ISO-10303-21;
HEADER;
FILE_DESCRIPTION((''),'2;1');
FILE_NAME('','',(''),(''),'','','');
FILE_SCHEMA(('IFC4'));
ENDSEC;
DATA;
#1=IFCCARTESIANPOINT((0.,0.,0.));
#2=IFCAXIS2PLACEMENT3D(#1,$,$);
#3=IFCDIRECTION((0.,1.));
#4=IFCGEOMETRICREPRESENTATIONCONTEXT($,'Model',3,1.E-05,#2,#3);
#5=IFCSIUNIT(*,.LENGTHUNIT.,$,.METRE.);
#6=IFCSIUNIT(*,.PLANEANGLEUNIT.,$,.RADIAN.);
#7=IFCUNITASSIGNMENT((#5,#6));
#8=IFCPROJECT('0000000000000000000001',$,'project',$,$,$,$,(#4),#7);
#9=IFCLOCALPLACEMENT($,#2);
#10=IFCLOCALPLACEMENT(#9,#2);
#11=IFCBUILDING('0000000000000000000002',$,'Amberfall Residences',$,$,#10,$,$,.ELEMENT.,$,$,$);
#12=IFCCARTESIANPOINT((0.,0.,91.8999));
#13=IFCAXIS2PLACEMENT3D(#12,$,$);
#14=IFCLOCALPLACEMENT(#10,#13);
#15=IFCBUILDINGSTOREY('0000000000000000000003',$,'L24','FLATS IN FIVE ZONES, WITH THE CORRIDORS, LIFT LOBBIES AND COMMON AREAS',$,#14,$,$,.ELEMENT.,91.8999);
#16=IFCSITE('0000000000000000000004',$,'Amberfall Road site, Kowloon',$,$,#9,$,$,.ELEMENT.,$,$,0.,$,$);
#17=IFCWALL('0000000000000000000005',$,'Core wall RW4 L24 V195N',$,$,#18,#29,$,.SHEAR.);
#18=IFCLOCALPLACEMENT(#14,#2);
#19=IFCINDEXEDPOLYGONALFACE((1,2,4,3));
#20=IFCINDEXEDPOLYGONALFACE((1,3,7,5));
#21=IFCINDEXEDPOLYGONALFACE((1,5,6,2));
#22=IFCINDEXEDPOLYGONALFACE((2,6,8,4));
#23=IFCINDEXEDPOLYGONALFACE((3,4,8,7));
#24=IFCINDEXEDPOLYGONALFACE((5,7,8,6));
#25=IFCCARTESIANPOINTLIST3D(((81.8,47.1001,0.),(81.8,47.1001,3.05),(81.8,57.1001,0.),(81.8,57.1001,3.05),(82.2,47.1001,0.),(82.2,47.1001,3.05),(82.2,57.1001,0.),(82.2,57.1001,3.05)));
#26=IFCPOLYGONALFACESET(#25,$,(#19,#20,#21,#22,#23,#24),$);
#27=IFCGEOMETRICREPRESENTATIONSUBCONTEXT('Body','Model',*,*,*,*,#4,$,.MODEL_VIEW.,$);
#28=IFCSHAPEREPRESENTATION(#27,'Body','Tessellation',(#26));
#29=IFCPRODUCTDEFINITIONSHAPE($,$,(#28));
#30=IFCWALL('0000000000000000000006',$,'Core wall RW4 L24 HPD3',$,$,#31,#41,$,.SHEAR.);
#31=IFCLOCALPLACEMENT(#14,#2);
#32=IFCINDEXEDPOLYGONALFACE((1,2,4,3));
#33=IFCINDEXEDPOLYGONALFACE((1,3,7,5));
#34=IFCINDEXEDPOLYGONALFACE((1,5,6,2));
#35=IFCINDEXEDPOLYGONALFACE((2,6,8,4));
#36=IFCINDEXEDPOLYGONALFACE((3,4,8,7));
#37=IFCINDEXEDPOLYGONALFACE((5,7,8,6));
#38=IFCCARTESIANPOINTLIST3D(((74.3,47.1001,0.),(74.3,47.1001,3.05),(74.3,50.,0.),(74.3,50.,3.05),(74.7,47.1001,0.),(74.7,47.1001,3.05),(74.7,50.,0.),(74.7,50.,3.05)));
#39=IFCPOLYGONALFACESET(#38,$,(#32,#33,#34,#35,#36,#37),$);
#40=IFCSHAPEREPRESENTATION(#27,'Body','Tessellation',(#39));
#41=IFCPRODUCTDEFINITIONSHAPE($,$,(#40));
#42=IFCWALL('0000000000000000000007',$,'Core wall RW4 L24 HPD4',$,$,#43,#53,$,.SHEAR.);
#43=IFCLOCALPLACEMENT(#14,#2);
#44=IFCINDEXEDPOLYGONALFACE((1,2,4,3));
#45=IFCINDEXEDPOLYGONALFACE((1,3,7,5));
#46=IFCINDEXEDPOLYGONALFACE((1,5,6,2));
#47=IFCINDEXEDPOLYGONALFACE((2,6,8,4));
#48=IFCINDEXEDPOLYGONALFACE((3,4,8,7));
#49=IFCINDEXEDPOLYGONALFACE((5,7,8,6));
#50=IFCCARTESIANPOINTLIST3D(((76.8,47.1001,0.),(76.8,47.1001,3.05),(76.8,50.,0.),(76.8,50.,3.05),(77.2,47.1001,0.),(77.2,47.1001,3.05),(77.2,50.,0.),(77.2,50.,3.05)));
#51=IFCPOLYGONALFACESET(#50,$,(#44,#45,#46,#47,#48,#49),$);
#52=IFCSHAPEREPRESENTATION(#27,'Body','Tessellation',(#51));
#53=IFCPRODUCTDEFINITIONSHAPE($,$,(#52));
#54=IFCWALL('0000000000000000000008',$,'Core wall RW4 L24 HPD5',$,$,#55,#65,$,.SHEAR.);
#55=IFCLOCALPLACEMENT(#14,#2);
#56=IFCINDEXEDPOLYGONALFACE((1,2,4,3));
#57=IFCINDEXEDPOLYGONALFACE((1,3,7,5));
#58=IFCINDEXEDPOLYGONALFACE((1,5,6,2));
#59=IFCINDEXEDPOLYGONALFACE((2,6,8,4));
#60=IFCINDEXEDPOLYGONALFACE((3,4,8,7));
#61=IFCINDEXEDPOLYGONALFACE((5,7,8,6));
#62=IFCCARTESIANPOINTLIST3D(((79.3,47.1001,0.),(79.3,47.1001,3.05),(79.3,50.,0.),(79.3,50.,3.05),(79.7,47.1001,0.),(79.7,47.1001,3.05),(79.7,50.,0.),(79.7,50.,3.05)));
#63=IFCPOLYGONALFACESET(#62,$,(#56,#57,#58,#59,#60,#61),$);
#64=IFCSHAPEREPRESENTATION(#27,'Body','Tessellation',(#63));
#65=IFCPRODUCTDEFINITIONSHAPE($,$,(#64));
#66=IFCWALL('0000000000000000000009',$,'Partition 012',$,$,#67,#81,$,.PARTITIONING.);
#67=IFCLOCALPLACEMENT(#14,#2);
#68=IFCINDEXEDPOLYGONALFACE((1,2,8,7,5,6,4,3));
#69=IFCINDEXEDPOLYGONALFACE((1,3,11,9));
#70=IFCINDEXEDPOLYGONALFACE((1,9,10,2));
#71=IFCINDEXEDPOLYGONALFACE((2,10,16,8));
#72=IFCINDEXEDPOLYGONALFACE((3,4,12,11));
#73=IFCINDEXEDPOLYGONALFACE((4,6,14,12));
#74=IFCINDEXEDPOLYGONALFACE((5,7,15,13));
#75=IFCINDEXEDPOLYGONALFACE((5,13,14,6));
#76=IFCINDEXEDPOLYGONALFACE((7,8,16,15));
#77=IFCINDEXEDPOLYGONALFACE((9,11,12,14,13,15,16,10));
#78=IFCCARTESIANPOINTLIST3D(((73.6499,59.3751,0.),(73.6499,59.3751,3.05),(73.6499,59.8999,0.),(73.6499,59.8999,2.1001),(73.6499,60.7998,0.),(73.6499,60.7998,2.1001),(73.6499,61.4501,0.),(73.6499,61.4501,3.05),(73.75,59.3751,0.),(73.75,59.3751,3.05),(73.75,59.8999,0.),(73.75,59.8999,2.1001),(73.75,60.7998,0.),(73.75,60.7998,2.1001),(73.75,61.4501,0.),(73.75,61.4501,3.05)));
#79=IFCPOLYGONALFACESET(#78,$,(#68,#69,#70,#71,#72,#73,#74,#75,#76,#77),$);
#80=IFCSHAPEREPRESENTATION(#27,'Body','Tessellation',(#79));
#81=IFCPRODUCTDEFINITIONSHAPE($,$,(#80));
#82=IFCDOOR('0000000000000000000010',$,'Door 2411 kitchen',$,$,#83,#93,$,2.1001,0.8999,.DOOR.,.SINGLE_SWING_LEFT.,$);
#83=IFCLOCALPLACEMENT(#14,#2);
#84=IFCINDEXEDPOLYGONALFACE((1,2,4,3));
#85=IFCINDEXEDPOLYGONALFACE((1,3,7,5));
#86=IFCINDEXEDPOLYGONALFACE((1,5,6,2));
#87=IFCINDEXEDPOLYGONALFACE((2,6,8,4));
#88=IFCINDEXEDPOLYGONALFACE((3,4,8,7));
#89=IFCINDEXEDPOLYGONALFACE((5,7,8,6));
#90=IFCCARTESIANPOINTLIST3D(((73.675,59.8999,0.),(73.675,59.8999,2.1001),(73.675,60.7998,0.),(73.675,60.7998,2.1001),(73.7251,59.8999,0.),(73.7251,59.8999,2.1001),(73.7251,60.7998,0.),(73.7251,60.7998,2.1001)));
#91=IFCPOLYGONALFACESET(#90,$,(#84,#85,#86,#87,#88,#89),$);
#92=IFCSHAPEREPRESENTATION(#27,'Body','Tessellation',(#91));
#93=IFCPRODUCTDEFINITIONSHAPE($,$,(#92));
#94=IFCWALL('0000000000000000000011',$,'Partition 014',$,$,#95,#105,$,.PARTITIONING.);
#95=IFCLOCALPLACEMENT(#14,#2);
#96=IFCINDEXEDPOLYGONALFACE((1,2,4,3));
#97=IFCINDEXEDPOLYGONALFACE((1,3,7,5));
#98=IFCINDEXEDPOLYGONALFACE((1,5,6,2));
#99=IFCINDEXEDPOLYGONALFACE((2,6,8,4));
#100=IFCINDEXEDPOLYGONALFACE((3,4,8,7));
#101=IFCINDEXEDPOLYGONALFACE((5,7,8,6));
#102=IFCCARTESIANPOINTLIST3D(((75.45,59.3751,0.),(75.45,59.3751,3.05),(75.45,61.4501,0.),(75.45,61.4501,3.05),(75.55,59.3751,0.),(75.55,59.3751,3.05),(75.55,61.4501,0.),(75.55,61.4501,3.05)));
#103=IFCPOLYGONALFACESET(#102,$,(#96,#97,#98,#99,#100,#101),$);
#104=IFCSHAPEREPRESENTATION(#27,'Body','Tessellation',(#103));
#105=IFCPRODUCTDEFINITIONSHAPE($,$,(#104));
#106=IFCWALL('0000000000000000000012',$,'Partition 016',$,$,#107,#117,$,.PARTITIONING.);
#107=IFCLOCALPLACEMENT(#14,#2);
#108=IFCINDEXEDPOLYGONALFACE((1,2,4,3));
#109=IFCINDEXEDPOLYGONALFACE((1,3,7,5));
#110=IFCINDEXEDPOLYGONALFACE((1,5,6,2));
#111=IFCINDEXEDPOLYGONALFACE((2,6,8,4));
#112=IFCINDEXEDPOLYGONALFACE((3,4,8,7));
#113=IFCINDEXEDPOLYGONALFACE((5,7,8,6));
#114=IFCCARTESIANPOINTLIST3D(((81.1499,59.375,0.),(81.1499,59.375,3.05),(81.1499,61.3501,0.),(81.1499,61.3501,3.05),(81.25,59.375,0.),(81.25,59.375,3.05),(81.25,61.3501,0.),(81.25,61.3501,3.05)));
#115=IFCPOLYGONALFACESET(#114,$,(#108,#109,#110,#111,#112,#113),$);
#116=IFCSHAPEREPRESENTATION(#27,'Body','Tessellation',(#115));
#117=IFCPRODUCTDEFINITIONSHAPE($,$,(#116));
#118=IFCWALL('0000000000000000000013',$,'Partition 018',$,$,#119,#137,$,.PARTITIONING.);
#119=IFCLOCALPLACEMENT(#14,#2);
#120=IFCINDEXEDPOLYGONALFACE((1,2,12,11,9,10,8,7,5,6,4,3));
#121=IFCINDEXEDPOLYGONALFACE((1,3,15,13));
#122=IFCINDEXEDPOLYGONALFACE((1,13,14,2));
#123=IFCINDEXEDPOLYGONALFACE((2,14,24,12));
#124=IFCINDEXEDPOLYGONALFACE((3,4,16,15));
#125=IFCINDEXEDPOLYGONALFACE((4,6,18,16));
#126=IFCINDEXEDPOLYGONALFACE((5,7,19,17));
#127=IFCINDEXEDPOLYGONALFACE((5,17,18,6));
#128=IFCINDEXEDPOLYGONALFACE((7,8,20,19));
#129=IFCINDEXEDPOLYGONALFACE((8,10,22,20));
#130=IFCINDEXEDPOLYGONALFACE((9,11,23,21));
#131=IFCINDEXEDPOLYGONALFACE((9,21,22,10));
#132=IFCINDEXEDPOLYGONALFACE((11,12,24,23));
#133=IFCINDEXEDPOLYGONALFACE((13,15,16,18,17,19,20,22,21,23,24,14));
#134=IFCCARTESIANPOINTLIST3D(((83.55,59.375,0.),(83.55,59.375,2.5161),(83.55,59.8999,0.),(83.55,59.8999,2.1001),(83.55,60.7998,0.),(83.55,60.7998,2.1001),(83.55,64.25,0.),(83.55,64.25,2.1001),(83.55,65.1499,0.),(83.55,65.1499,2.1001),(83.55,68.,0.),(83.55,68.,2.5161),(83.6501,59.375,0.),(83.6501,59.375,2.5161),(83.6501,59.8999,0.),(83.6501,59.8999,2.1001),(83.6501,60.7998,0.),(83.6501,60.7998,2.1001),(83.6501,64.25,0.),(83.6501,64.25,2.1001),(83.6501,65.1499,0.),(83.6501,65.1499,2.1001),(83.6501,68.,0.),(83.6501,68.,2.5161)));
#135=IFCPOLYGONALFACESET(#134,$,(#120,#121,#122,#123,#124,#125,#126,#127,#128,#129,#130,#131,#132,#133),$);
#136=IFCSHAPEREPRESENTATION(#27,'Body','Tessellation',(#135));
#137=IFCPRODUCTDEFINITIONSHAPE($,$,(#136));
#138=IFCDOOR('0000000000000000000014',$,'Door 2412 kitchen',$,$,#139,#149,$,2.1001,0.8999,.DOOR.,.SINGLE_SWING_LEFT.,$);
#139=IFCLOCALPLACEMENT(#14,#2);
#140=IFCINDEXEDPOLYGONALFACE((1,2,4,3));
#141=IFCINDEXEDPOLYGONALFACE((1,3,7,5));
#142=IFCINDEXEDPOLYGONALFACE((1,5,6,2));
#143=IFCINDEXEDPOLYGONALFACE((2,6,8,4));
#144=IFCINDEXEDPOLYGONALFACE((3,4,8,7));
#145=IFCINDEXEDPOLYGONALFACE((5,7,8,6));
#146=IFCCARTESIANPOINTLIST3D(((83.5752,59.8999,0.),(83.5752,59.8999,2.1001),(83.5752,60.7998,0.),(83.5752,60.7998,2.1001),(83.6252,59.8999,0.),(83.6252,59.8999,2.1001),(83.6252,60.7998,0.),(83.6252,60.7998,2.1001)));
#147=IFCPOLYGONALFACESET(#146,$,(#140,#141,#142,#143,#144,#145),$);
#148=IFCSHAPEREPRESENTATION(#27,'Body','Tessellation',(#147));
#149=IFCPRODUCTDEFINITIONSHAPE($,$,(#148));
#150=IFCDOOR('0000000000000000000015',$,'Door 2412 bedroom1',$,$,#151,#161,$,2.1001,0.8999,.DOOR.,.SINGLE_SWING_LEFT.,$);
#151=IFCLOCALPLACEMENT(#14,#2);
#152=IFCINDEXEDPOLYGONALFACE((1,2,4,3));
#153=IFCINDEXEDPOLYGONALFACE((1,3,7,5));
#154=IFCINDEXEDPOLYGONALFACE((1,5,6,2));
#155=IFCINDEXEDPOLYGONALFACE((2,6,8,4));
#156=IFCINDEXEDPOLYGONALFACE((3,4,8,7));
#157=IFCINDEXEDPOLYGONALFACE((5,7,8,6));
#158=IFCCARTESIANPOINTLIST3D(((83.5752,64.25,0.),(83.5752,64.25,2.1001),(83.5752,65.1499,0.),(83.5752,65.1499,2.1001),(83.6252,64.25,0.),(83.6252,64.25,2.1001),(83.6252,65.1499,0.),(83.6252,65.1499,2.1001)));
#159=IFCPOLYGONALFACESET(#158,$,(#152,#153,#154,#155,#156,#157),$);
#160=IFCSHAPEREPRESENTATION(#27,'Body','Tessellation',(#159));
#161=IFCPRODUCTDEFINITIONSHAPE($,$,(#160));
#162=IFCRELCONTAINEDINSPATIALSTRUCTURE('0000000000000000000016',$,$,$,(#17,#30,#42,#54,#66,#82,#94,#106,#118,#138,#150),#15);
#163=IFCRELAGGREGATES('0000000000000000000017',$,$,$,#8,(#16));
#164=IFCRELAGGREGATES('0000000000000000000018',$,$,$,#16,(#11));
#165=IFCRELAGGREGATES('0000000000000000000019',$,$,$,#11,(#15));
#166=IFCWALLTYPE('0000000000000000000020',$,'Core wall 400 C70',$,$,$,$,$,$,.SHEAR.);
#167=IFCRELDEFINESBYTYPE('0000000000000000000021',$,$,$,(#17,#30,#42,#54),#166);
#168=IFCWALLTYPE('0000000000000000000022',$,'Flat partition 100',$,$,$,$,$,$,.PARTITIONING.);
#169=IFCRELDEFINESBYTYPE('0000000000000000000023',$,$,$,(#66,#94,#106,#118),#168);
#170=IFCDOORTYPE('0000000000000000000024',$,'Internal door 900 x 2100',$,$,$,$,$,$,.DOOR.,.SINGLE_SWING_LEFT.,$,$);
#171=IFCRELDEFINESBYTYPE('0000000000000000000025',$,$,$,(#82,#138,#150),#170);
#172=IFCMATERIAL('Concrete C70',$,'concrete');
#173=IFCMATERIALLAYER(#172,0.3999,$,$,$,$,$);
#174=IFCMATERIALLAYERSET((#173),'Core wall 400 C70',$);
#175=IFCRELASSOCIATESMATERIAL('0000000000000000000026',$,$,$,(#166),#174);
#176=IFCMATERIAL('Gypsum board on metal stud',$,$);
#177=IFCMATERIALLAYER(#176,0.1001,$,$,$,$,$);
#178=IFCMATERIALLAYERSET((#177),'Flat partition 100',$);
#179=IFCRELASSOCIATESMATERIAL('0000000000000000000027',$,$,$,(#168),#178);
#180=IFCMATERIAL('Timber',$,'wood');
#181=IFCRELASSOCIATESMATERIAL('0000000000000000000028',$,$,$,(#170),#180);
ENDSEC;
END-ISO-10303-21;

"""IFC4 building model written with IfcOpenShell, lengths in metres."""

from ifc_helpers import new_model, si_unit, direction, frame, frame_2d, origin, place, context, subcontext, project, spatial, rectangle, extrude, material, layer, layer_set, type_object, element, fill, save


model = new_model("IFC4")

# Units and contexts
model_context = context("Model", 3, precision=1e-05, world=origin(), true_north=direction((0.0, 1.0)))
body_context = subcontext(model_context, "Body", "Model", "MODEL_VIEW")
ifc_project = project(units=[si_unit("LENGTHUNIT", "METRE"), si_unit("PLANEANGLEUNIT", "RADIAN")], contexts=[model_context])

# Site, building, storey
site_placement = place(None, origin())
site = spatial("IfcSite", under=ifc_project, at=site_placement, Name="Amberfall Road site, Kowloon", CompositionType="ELEMENT", RefElevation=0.0)
building_placement = place(site_placement, origin())
building = spatial("IfcBuilding", under=site, at=building_placement, Name="Amberfall Residences", CompositionType="ELEMENT")
storey_placement = place(building_placement, frame((0.0, 0.0, 91.8999)))
storey = spatial("IfcBuildingStorey", under=building, at=storey_placement, Name="L24", Description="FLATS IN FIVE ZONES, WITH THE CORRIDORS, LIFT LOBBIES AND COMMON AREAS", CompositionType="ELEMENT", Elevation=91.8999)

# Walls
ifc_material_1 = material(Name="Concrete C70", Category="concrete")
ifc_layer_1 = layer(ifc_material_1, 0.3999)
ifc_layer_set_1 = layer_set([ifc_layer_1], Name="Core wall 400 C70")
wall_type_1 = type_object("IfcWallType", Name="Core wall 400 C70", PredefinedType="SHEAR", material=ifc_layer_set_1)
wall_1_placement = place(storey_placement, frame((82.0, 47.1001, 0.0), z_axis=(0.0, 0.0, 1.0), x_axis=(0.0, 1.0, 0.0)))
element("IfcWall", 1, at=wall_1_placement, inside=storey, type_object=wall_type_1, Name="Core wall RW4 L24 V195N", PredefinedType="SHEAR", context=body_context, shape_type="SweptSolid", body=[
    extrude(rectangle(XDim=10.0, YDim=0.3999, at=frame_2d((5.0, 0.0))), origin(), (0.0, 0.0, 1.0), 3.05),
])
for number, where, z_axis, x_axis, name in (
    (2, (74.5, 47.1001, 0.0), (0.0, 0.0, 1.0), (0.0, 1.0, 0.0), "Core wall RW4 L24 HPD3"),
    (3, (77.0, 47.1001, 0.0), (0.0, 0.0, 1.0), (0.0, 1.0, 0.0), "Core wall RW4 L24 HPD4"),
    (4, (79.5, 47.1001, 0.0), (0.0, 0.0, 1.0), (0.0, 1.0, 0.0), "Core wall RW4 L24 HPD5"),
):
    element("IfcWall", number, at=place(storey_placement, frame(where, z_axis=z_axis, x_axis=x_axis)), inside=storey, type_object=wall_type_1, Name=name, PredefinedType="SHEAR", context=body_context, shape_type="SweptSolid", body=[
        extrude(rectangle(XDim=2.8999, YDim=0.3999, at=frame_2d((1.45, 0.0))), origin(), (0.0, 0.0, 1.0), 3.05),
    ])

# Wall, opening, door
ifc_material_2 = material(Name="Gypsum board on metal stud")
ifc_layer_2 = layer(ifc_material_2, 0.1001)
ifc_layer_set_2 = layer_set([ifc_layer_2], Name="Flat partition 100")
wall_type_2 = type_object("IfcWallType", Name="Flat partition 100", PredefinedType="PARTITIONING", material=ifc_layer_set_2)
wall_2_placement = place(storey_placement, frame((73.7, 59.375, 0.0), z_axis=(0.0, 0.0, 1.0), x_axis=(0.0, 1.0, 0.0)))
wall_2 = element("IfcWall", 5, at=wall_2_placement, inside=storey, type_object=wall_type_2, Name="Partition 012", PredefinedType="PARTITIONING", context=body_context, shape_type="SweptSolid", body=[
    extrude(rectangle(XDim=2.075, YDim=0.1001, at=frame_2d((1.0376, 0.0))), origin(), (0.0, 0.0, 1.0), 3.05),
])
opening_1_placement = place(wall_2_placement, frame((0.5249, 0.0, 0.0)))
opening_1 = element("IfcOpeningElement", 6, at=opening_1_placement, cuts=wall_2, PredefinedType="OPENING", context=body_context, shape_type="SweptSolid", body=[
    extrude(rectangle(XDim=0.8999, YDim=2.1001, at=frame_2d((0.45, 1.05))), frame((0.0, 0.0601, 0.0), z_axis=(0.0, -1.0, 0.0), x_axis=(1.0, 0.0, 0.0)), (0.0, 0.0, 1.0), 0.1201),
])
ifc_material_3 = material(Name="Timber", Category="wood")
door_type_1 = type_object("IfcDoorType", Name="Internal door 900 x 2100", OperationType="SINGLE_SWING_LEFT", PredefinedType="DOOR", material=ifc_material_3)
door_1_placement = place(opening_1_placement, origin())
door_1 = element("IfcDoor", 7, at=door_1_placement, inside=storey, type_object=door_type_1, Name="Door 2411 kitchen", OperationType="SINGLE_SWING_LEFT", OverallHeight=2.1001, OverallWidth=0.8999, PredefinedType="DOOR", context=body_context, shape_type="SweptSolid", body=[
    extrude(rectangle(XDim=0.8999, YDim=2.1001, at=frame_2d((0.45, 1.05))), frame((0.0, 0.0249, 0.0), z_axis=(0.0, -1.0, 0.0), x_axis=(1.0, 0.0, 0.0)), (0.0, 0.0, 1.0), 0.05),
])
fill(opening_1, door_1)

# Walls
wall_3_placement = place(storey_placement, frame((75.5, 59.375, 0.0), z_axis=(0.0, 0.0, 1.0), x_axis=(0.0, 1.0, 0.0)))
element("IfcWall", 8, at=wall_3_placement, inside=storey, type_object=wall_type_2, Name="Partition 014", PredefinedType="PARTITIONING", context=body_context, shape_type="SweptSolid", body=[
    extrude(rectangle(XDim=2.075, YDim=0.1001, at=frame_2d((1.0376, 0.0))), origin(), (0.0, 0.0, 1.0), 3.05),
])
wall_4_placement = place(storey_placement, frame((81.2, 59.375, 0.0), z_axis=(0.0, 0.0, 1.0), x_axis=(0.0, 1.0, 0.0)))
element("IfcWall", 9, at=wall_4_placement, inside=storey, type_object=wall_type_2, Name="Partition 016", PredefinedType="PARTITIONING", context=body_context, shape_type="SweptSolid", body=[
    extrude(rectangle(XDim=1.9751, YDim=0.1001, at=frame_2d((0.9875, 0.0))), origin(), (0.0, 0.0, 1.0), 3.05),
])

# Wall, openings, doors
wall_5_placement = place(storey_placement, frame((83.6001, 59.375, 0.0), z_axis=(0.0, 0.0, 1.0), x_axis=(0.0, 1.0, 0.0)))
wall_5 = element("IfcWall", 10, at=wall_5_placement, inside=storey, type_object=wall_type_2, Name="Partition 018", PredefinedType="PARTITIONING", context=body_context, shape_type="SweptSolid", body=[
    extrude(rectangle(XDim=8.625, YDim=0.1001, at=frame_2d((4.3125, 0.0))), origin(), (0.0, 0.0, 1.0), 2.5161),
])
opening_2_placement = place(wall_5_placement, frame((0.5249, 0.0, 0.0)))
opening_2 = element("IfcOpeningElement", 11, at=opening_2_placement, cuts=wall_5, PredefinedType="OPENING", context=body_context, shape_type="SweptSolid", body=[
    extrude(rectangle(XDim=0.8999, YDim=2.1001, at=frame_2d((0.45, 1.05))), frame((0.0, 0.0601, 0.0), z_axis=(0.0, -1.0, 0.0), x_axis=(1.0, 0.0, 0.0)), (0.0, 0.0, 1.0), 0.1201),
])
opening_3_placement = place(wall_5_placement, frame((4.875, 0.0, 0.0)))
opening_3 = element("IfcOpeningElement", 12, at=opening_3_placement, cuts=wall_5, PredefinedType="OPENING", context=body_context, shape_type="SweptSolid", body=[
    extrude(rectangle(XDim=0.8999, YDim=2.1001, at=frame_2d((0.45, 1.05))), frame((0.0, 0.0601, 0.0), z_axis=(0.0, -1.0, 0.0), x_axis=(1.0, 0.0, 0.0)), (0.0, 0.0, 1.0), 0.1201),
])
door_2_placement = place(opening_2_placement, origin())
door_2 = element("IfcDoor", 13, at=door_2_placement, inside=storey, type_object=door_type_1, Name="Door 2412 kitchen", OperationType="SINGLE_SWING_LEFT", OverallHeight=2.1001, OverallWidth=0.8999, PredefinedType="DOOR", context=body_context, shape_type="SweptSolid", body=[
    extrude(rectangle(XDim=0.8999, YDim=2.1001, at=frame_2d((0.45, 1.05))), frame((0.0, 0.0249, 0.0), z_axis=(0.0, -1.0, 0.0), x_axis=(1.0, 0.0, 0.0)), (0.0, 0.0, 1.0), 0.05),
])
fill(opening_2, door_2)
door_3_placement = place(opening_3_placement, origin())
door_3 = element("IfcDoor", 14, at=door_3_placement, inside=storey, type_object=door_type_1, Name="Door 2412 bedroom1", OperationType="SINGLE_SWING_LEFT", OverallHeight=2.1001, OverallWidth=0.8999, PredefinedType="DOOR", context=body_context, shape_type="SweptSolid", body=[
    extrude(rectangle(XDim=0.8999, YDim=2.1001, at=frame_2d((0.45, 1.05))), frame((0.0, 0.0249, 0.0), z_axis=(0.0, -1.0, 0.0), x_axis=(1.0, 0.0, 0.0)), (0.0, 0.0, 1.0), 0.05),
])
fill(opening_3, door_3)

save(model, "model.ifc")
